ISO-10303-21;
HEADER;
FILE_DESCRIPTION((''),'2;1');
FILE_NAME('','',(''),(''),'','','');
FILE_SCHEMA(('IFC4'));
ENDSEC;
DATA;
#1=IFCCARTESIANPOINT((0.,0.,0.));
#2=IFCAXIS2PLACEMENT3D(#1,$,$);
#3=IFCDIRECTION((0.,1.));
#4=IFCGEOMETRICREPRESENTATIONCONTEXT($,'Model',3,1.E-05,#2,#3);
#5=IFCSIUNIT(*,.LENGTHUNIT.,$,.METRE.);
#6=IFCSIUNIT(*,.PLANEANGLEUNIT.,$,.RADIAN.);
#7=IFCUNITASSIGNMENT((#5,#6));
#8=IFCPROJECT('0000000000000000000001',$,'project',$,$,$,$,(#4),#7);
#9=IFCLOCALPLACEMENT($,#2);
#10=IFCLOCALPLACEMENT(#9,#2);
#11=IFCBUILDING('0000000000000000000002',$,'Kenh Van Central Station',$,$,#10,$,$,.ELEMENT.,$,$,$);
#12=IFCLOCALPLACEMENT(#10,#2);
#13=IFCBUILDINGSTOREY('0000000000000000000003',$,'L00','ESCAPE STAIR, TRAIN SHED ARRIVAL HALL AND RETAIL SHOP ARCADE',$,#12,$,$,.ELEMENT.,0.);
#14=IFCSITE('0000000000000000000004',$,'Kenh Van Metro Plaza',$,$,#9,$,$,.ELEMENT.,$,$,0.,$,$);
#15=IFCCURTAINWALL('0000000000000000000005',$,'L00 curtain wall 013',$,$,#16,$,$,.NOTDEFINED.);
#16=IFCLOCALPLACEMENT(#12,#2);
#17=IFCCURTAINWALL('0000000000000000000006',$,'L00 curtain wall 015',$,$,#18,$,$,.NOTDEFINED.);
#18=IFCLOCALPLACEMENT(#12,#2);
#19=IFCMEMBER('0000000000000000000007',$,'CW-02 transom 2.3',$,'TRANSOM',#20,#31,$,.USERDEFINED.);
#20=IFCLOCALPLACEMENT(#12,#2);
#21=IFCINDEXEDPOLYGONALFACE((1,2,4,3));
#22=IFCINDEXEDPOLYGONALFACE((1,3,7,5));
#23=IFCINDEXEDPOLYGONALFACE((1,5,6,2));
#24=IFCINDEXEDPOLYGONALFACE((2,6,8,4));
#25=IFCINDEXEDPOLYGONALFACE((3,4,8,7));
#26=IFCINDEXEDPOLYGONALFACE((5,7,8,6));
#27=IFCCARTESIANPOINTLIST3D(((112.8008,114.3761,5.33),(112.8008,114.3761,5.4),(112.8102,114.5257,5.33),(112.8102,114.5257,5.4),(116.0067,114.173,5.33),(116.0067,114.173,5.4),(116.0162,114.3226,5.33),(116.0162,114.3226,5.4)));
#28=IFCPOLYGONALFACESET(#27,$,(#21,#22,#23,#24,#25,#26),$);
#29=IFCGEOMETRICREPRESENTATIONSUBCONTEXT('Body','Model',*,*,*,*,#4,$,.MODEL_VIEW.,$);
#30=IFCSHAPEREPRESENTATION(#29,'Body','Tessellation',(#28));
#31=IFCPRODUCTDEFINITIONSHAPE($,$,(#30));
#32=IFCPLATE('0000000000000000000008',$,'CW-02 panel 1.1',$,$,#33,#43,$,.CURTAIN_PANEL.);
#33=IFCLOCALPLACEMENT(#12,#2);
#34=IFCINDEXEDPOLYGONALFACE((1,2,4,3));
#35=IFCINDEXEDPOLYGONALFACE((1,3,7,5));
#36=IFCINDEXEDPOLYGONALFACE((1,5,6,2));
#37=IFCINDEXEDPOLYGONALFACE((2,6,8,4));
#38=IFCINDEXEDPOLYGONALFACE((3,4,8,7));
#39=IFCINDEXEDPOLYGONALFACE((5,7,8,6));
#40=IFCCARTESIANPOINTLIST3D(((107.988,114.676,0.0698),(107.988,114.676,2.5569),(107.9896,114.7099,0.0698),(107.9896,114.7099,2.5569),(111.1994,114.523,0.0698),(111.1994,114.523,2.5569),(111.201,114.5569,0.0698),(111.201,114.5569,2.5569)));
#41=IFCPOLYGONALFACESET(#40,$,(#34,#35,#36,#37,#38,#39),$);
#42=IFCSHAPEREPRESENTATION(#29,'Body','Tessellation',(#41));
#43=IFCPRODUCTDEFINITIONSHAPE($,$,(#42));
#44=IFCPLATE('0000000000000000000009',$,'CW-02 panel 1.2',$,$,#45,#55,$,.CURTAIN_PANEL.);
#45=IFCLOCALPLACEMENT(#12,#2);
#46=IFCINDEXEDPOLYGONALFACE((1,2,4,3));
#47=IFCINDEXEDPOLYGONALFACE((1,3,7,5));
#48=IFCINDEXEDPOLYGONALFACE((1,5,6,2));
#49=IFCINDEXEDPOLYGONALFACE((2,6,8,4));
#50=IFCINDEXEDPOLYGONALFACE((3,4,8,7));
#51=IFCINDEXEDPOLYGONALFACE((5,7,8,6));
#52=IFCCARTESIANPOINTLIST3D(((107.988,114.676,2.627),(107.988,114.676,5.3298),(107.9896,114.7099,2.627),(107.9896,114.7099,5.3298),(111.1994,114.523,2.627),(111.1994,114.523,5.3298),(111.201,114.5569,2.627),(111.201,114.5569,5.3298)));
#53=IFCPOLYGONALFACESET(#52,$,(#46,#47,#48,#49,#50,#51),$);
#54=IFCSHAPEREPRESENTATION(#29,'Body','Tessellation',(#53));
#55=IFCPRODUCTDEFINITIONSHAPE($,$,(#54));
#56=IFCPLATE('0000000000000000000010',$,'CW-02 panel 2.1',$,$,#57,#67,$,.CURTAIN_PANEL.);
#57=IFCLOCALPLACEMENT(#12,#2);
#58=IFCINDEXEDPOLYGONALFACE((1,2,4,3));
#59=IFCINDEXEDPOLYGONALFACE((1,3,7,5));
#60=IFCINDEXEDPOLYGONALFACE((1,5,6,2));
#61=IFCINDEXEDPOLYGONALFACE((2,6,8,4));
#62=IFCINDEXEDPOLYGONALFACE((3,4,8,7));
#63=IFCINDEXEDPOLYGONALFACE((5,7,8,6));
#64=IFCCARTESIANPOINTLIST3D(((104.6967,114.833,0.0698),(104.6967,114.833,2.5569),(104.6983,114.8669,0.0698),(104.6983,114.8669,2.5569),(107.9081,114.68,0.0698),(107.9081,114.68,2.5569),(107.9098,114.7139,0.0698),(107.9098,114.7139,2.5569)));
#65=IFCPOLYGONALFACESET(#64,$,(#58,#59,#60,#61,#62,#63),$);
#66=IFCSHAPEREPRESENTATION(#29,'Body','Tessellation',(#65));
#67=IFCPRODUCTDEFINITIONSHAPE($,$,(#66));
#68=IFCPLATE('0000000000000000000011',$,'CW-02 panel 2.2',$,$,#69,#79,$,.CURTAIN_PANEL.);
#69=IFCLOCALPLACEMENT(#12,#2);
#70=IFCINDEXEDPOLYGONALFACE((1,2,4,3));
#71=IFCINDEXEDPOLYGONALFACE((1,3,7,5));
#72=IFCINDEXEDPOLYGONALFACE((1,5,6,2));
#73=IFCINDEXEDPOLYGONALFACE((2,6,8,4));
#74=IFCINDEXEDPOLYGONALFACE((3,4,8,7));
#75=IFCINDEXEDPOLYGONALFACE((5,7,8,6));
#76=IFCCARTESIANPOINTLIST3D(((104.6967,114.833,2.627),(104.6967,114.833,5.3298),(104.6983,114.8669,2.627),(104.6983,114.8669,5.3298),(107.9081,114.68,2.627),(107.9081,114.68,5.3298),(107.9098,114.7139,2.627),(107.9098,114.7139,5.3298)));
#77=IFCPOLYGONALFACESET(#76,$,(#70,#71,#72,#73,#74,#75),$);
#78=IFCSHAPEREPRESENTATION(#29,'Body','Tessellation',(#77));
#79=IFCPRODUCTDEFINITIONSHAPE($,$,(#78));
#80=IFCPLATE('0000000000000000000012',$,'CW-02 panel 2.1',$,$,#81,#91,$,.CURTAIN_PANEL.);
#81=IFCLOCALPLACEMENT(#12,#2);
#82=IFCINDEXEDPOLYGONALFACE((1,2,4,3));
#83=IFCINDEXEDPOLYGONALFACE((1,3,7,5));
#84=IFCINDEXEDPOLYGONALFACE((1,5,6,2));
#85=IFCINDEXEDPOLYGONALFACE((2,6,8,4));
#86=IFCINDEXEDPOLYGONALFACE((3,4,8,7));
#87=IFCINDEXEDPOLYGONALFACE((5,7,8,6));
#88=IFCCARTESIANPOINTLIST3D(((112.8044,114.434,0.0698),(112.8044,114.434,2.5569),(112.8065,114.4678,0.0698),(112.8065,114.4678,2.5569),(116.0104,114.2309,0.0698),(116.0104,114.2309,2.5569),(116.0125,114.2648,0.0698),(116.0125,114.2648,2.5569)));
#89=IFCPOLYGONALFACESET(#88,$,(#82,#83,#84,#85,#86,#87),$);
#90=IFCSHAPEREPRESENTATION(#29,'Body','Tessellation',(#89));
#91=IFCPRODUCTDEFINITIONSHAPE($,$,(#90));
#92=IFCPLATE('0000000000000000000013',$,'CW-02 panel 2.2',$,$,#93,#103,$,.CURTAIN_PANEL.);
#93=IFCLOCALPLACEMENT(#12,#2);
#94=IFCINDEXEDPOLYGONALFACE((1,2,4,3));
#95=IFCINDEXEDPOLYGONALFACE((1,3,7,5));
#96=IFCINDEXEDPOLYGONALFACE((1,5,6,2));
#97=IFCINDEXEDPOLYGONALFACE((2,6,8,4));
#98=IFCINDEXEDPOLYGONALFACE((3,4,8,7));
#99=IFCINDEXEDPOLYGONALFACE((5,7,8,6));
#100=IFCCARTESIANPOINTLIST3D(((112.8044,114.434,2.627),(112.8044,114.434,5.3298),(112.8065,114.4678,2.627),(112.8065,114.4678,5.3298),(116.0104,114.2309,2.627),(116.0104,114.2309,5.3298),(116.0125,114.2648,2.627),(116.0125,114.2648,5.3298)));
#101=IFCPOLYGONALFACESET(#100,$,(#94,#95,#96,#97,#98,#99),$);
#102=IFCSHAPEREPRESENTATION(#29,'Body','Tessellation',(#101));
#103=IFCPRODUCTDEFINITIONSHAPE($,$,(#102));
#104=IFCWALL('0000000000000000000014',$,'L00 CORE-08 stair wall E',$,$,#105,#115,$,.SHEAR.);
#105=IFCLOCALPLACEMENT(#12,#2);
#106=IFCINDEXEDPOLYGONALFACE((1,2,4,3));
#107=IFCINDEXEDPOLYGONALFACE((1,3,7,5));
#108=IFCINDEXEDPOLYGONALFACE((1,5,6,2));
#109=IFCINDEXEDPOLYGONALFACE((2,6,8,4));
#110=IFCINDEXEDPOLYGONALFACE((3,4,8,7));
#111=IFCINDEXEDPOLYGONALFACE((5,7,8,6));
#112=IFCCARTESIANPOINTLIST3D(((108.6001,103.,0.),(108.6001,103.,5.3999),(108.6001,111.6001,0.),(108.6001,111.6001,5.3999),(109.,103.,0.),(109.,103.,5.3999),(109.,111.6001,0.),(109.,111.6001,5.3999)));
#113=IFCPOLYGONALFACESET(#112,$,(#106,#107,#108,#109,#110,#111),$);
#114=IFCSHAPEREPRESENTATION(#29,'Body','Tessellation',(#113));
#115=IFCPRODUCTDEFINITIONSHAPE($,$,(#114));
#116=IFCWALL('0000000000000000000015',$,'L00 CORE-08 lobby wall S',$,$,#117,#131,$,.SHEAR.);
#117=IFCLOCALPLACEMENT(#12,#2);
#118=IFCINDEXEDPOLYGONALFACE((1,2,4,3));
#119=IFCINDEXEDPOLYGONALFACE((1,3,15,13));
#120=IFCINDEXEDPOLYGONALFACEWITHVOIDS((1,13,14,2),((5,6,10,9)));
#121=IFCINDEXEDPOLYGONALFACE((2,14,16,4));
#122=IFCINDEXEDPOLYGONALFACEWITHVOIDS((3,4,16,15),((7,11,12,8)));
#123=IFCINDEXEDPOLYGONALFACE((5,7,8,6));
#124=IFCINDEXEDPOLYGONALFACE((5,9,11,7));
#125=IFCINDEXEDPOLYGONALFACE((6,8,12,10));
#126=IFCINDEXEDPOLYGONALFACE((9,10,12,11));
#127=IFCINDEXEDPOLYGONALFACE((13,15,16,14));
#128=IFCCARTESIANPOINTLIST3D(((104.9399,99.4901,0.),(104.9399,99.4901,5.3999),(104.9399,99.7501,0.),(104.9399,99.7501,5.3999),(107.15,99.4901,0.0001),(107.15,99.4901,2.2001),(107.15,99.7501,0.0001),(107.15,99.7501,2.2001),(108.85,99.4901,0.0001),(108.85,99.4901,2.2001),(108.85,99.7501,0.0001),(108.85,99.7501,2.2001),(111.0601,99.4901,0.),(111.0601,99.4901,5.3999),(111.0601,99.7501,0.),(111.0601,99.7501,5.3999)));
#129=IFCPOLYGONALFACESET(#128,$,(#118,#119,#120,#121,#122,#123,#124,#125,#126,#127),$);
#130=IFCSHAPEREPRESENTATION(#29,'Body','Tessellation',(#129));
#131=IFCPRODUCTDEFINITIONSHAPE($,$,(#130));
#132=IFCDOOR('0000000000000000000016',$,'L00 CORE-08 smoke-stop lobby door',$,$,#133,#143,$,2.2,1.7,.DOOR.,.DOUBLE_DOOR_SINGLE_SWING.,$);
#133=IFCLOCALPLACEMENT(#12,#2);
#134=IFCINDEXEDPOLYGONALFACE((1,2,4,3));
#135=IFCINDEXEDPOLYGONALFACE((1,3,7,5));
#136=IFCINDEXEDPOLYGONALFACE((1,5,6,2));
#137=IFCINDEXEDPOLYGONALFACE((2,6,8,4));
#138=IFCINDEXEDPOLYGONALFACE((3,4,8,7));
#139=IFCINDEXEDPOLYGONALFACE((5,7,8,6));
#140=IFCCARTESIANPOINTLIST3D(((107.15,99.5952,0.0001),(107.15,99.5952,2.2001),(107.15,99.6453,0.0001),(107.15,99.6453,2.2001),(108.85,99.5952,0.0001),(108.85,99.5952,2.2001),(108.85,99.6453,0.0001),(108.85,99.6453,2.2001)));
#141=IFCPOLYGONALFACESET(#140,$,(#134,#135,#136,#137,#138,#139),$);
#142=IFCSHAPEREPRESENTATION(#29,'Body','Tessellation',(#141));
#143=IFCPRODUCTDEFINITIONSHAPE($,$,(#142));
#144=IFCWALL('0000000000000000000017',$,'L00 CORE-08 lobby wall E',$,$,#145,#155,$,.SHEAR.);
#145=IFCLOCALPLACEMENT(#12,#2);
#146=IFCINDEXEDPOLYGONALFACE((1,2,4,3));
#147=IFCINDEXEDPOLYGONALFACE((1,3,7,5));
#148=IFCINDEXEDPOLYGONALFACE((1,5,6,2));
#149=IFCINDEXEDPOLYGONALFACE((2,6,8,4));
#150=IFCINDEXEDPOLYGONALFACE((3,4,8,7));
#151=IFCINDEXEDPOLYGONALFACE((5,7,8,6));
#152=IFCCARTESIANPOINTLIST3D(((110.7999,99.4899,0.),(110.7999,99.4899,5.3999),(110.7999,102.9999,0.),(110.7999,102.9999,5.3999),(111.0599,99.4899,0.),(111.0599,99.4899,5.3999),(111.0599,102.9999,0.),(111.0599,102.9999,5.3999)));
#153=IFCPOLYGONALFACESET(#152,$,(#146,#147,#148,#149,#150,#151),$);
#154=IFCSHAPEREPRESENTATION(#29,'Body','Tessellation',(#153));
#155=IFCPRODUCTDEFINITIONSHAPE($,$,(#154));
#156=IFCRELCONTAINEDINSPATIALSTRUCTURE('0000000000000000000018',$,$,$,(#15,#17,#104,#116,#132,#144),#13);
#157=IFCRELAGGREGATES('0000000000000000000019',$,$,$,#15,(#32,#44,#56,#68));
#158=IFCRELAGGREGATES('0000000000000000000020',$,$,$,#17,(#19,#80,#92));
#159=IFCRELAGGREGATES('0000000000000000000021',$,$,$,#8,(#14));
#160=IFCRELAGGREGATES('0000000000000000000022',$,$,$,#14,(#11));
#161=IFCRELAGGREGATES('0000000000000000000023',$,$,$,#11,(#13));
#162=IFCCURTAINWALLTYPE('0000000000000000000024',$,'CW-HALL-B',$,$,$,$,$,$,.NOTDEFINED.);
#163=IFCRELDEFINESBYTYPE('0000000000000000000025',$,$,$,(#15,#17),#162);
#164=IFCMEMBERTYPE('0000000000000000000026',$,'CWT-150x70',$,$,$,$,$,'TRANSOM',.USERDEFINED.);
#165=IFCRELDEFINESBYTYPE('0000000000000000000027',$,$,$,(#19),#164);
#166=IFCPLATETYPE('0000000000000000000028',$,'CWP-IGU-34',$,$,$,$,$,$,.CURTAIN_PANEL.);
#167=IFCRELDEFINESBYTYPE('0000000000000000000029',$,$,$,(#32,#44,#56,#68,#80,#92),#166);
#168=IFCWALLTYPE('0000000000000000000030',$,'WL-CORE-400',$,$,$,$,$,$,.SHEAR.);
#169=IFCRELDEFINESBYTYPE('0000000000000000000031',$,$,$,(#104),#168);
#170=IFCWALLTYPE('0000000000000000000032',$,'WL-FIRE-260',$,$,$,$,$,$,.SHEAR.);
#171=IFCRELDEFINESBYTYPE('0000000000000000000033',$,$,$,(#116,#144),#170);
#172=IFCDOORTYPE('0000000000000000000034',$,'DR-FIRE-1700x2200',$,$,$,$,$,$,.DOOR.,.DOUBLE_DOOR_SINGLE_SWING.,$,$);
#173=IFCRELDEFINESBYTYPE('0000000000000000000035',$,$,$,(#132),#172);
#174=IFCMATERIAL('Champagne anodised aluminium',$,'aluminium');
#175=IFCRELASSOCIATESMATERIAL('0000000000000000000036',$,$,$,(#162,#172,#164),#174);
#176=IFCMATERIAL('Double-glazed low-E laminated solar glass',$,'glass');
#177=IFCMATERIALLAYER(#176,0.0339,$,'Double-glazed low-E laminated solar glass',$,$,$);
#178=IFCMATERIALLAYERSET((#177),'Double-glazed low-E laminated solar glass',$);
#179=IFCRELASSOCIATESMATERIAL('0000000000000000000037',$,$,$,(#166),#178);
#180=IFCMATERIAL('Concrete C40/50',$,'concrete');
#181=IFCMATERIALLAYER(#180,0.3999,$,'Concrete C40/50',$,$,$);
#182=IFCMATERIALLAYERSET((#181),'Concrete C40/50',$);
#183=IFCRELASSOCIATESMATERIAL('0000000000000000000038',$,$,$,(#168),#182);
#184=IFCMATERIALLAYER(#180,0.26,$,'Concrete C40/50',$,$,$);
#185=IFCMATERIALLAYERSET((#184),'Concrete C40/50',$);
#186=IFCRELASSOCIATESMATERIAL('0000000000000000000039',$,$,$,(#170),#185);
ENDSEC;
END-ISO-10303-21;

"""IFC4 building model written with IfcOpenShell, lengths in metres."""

from ifc_helpers import new_model, si_unit, direction, frame, frame_2d, origin, origin_2d, place, context, subcontext, project, spatial, rectangle, extrude, material, layer, layer_set, material_profile, profile_set, type_object, element, fill, aggregate, save


model = new_model("IFC4")

# Units and contexts
model_context = context("Model", 3, precision=1e-05, world=origin(), true_north=direction((0.0, 1.0)))
body_context = subcontext(model_context, "Body", "Model", "MODEL_VIEW")
ifc_project = project(units=[si_unit("LENGTHUNIT", "METRE"), si_unit("PLANEANGLEUNIT", "RADIAN")], contexts=[model_context])

# Site, building, storey
site_placement = place(None, origin())
site = spatial("IfcSite", under=ifc_project, at=site_placement, Name="Kenh Van Metro Plaza", CompositionType="ELEMENT", RefElevation=0.0)
building_placement = place(site_placement, origin())
building = spatial("IfcBuilding", under=site, at=building_placement, Name="Kenh Van Central Station", CompositionType="ELEMENT")
storey_placement = place(building_placement, origin())
storey = spatial("IfcBuildingStorey", under=building, at=storey_placement, Name="L00", Description="ESCAPE STAIR, TRAIN SHED ARRIVAL HALL AND RETAIL SHOP ARCADE", CompositionType="ELEMENT", Elevation=0.0)

# Shared definitions
ifc_material_1 = material(Name="Concrete C40/50", Category="concrete")

# Curtain walls
ifc_material_2 = material(Name="Champagne anodised aluminium", Category="aluminium")
curtain_wall_type = type_object("IfcCurtainWallType", Name="CW-HALL-B", PredefinedType="NOTDEFINED", material=ifc_material_2)
curtain_wall_1_placement = place(storey_placement, origin())
curtain_wall_1 = element("IfcCurtainWall", 1, at=curtain_wall_1_placement, inside=storey, type_object=curtain_wall_type, Name="L00 curtain wall 013", PredefinedType="NOTDEFINED")
curtain_wall_2_placement = place(storey_placement, origin())
curtain_wall_2 = element("IfcCurtainWall", 2, at=curtain_wall_2_placement, inside=storey, type_object=curtain_wall_type, Name="L00 curtain wall 015", PredefinedType="NOTDEFINED")

# Member
ifc_material_profile_1 = material_profile(ifc_material_2, rectangle(XDim=0.1499, YDim=0.0701, at=origin_2d()), Name="AL 150x70")
ifc_profile_set_1 = profile_set([ifc_material_profile_1], Name="Champagne anodised aluminium")
member_type_1 = type_object("IfcMemberType", Name="CWT-150x70", ElementType="TRANSOM", PredefinedType="USERDEFINED", material=ifc_profile_set_1)
member_1_placement = place(storey_placement, frame((116.0115, 114.2478, 5.365), z_axis=(-0.997999, 0.06323, 0.0), x_axis=(-0.06323, -0.997999, 0.0)))
member_1 = element("IfcMember", 3, at=member_1_placement, type_object=member_type_1, Name="CW-02 transom 2.3", ObjectType="TRANSOM", PredefinedType="USERDEFINED", context=body_context, shape_type="SweptSolid", body=[
    extrude(rectangle(XDim=0.1499, YDim=0.0701, at=origin_2d()), origin(), (0.0, 0.0, 1.0), 3.2124),
])

# Plates
ifc_material_3 = material(Name="Double-glazed low-E laminated solar glass", Category="glass")
ifc_layer_1 = layer(ifc_material_3, 0.0339, Name="Double-glazed low-E laminated solar glass")
ifc_layer_set_1 = layer_set([ifc_layer_1], Name="Double-glazed low-E laminated solar glass")
plate_type = type_object("IfcPlateType", Name="CWP-IGU-34", PredefinedType="CURTAIN_PANEL", material=ifc_layer_set_1)
plate_1_placement = place(storey_placement, frame((109.5945, 114.6165, 0.0698), z_axis=(0.0, 0.0, 1.0), x_axis=(-0.998866, 0.047601, 0.0)))
plate_1 = element("IfcPlate", 4, at=plate_1_placement, type_object=plate_type, Name="CW-02 panel 1.1", PredefinedType="CURTAIN_PANEL", context=body_context, shape_type="SweptSolid", body=[
    extrude(rectangle(XDim=3.2151, YDim=0.0339, at=origin_2d()), origin(), (0.0, 0.0, 1.0), 2.4871),
])
plate_2_placement = place(storey_placement, frame((109.5945, 114.6165, 2.627), z_axis=(0.0, 0.0, 1.0), x_axis=(-0.998866, 0.047601, 0.0)))
plate_2 = element("IfcPlate", 5, at=plate_2_placement, type_object=plate_type, Name="CW-02 panel 1.2", PredefinedType="CURTAIN_PANEL", context=body_context, shape_type="SweptSolid", body=[
    extrude(rectangle(XDim=3.2151, YDim=0.0339, at=origin_2d()), origin(), (0.0, 0.0, 1.0), 2.7029),
])
plate_3_placement = place(storey_placement, frame((106.3032, 114.7734, 0.0698), z_axis=(0.0, 0.0, 1.0), x_axis=(-0.998866, 0.047601, 0.0)))
plate_3 = element("IfcPlate", 6, at=plate_3_placement, type_object=plate_type, Name="CW-02 panel 2.1", PredefinedType="CURTAIN_PANEL", context=body_context, shape_type="SweptSolid", body=[
    extrude(rectangle(XDim=3.2151, YDim=0.0339, at=origin_2d()), origin(), (0.0, 0.0, 1.0), 2.4871),
])
plate_4_placement = place(storey_placement, frame((106.3032, 114.7734, 2.627), z_axis=(0.0, 0.0, 1.0), x_axis=(-0.998866, 0.047601, 0.0)))
plate_4 = element("IfcPlate", 7, at=plate_4_placement, type_object=plate_type, Name="CW-02 panel 2.2", PredefinedType="CURTAIN_PANEL", context=body_context, shape_type="SweptSolid", body=[
    extrude(rectangle(XDim=3.2151, YDim=0.0339, at=origin_2d()), origin(), (0.0, 0.0, 1.0), 2.7029),
])
aggregate(curtain_wall_1, [plate_1, plate_2, plate_3, plate_4])
plate_5_placement = place(storey_placement, frame((114.4084, 114.3494, 0.0698), z_axis=(0.0, 0.0, 1.0), x_axis=(-0.998, 0.063211, 0.0)))
plate_5 = element("IfcPlate", 8, at=plate_5_placement, type_object=plate_type, Name="CW-02 panel 2.1", PredefinedType="CURTAIN_PANEL", context=body_context, shape_type="SweptSolid", body=[
    extrude(rectangle(XDim=3.2124, YDim=0.0339, at=origin_2d()), origin(), (0.0, 0.0, 1.0), 2.4871),
])
plate_6_placement = place(storey_placement, frame((114.4084, 114.3494, 2.627), z_axis=(0.0, 0.0, 1.0), x_axis=(-0.998, 0.063211, 0.0)))
plate_6 = element("IfcPlate", 9, at=plate_6_placement, type_object=plate_type, Name="CW-02 panel 2.2", PredefinedType="CURTAIN_PANEL", context=body_context, shape_type="SweptSolid", body=[
    extrude(rectangle(XDim=3.2124, YDim=0.0339, at=origin_2d()), origin(), (0.0, 0.0, 1.0), 2.7029),
])
aggregate(curtain_wall_2, [member_1, plate_5, plate_6])

# Wall
ifc_layer_2 = layer(ifc_material_1, 0.3999, Name="Concrete C40/50")
ifc_layer_set_2 = layer_set([ifc_layer_2], Name="Concrete C40/50")
wall_type_1 = type_object("IfcWallType", Name="WL-CORE-400", PredefinedType="SHEAR", material=ifc_layer_set_2)
wall_1_placement = place(storey_placement, frame((108.8, 103.0, 0.0), z_axis=(0.0, 0.0, 1.0), x_axis=(0.0, 1.0, 0.0)))
element("IfcWall", 10, at=wall_1_placement, inside=storey, type_object=wall_type_1, Name="L00 CORE-08 stair wall E", PredefinedType="SHEAR", context=body_context, shape_type="SweptSolid", body=[
    extrude(rectangle(XDim=8.6001, YDim=0.3999, at=frame_2d((4.3, 0.0))), origin(), (0.0, 0.0, 1.0), 5.3999),
])

# Wall, opening, door
ifc_layer_3 = layer(ifc_material_1, 0.26, Name="Concrete C40/50")
ifc_layer_set_3 = layer_set([ifc_layer_3], Name="Concrete C40/50")
wall_type_2 = type_object("IfcWallType", Name="WL-FIRE-260", PredefinedType="SHEAR", material=ifc_layer_set_3)
wall_2_placement = place(storey_placement, frame((111.0601, 99.6201, 0.0), z_axis=(0.0, 0.0, 1.0), x_axis=(-1.0, 0.0, 0.0)))
wall_2 = element("IfcWall", 11, at=wall_2_placement, inside=storey, type_object=wall_type_2, Name="L00 CORE-08 lobby wall S", PredefinedType="SHEAR", context=body_context, shape_type="SweptSolid", body=[
    extrude(rectangle(XDim=6.1201, YDim=0.26, at=frame_2d((3.0601, 0.0))), origin(), (0.0, 0.0, 1.0), 5.3999),
])
opening_placement = place(wall_2_placement, frame((2.21, 0.0, 0.0)))
opening = element("IfcOpeningElement", 12, at=opening_placement, cuts=wall_2, PredefinedType="OPENING", context=body_context, shape_type="SweptSolid", body=[
    extrude(rectangle(XDim=1.7, YDim=2.2, at=frame_2d((0.8501, 1.1001))), frame((0.0, 0.1399, 0.0), z_axis=(0.0, -1.0, 0.0), x_axis=(1.0, 0.0, 0.0)), (0.0, 0.0, 1.0), 0.28),
])
door_type = type_object("IfcDoorType", Name="DR-FIRE-1700x2200", OperationType="DOUBLE_DOOR_SINGLE_SWING", PredefinedType="DOOR", material=ifc_material_2)
door_placement = place(opening_placement, origin())
door = element("IfcDoor", 13, at=door_placement, inside=storey, type_object=door_type, Name="L00 CORE-08 smoke-stop lobby door", OperationType="DOUBLE_DOOR_SINGLE_SWING", OverallHeight=2.2, OverallWidth=1.7, PredefinedType="DOOR", context=body_context, shape_type="SweptSolid", body=[
    extrude(rectangle(XDim=1.7, YDim=2.2, at=frame_2d((0.8501, 1.1001))), frame((0.0, 0.0249, 0.0), z_axis=(0.0, -1.0, 0.0), x_axis=(1.0, 0.0, 0.0)), (0.0, 0.0, 1.0), 0.05),
])
fill(opening, door)

# Wall
wall_3_placement = place(storey_placement, frame((110.9299, 99.49, 0.0), z_axis=(0.0, 0.0, 1.0), x_axis=(0.0, 1.0, 0.0)))
element("IfcWall", 14, at=wall_3_placement, inside=storey, type_object=wall_type_2, Name="L00 CORE-08 lobby wall E", PredefinedType="SHEAR", context=body_context, shape_type="SweptSolid", body=[
    extrude(rectangle(XDim=3.51, YDim=0.26, at=frame_2d((1.7549, 0.0))), origin(), (0.0, 0.0, 1.0), 5.3999),
])

save(model, "model.ifc")
